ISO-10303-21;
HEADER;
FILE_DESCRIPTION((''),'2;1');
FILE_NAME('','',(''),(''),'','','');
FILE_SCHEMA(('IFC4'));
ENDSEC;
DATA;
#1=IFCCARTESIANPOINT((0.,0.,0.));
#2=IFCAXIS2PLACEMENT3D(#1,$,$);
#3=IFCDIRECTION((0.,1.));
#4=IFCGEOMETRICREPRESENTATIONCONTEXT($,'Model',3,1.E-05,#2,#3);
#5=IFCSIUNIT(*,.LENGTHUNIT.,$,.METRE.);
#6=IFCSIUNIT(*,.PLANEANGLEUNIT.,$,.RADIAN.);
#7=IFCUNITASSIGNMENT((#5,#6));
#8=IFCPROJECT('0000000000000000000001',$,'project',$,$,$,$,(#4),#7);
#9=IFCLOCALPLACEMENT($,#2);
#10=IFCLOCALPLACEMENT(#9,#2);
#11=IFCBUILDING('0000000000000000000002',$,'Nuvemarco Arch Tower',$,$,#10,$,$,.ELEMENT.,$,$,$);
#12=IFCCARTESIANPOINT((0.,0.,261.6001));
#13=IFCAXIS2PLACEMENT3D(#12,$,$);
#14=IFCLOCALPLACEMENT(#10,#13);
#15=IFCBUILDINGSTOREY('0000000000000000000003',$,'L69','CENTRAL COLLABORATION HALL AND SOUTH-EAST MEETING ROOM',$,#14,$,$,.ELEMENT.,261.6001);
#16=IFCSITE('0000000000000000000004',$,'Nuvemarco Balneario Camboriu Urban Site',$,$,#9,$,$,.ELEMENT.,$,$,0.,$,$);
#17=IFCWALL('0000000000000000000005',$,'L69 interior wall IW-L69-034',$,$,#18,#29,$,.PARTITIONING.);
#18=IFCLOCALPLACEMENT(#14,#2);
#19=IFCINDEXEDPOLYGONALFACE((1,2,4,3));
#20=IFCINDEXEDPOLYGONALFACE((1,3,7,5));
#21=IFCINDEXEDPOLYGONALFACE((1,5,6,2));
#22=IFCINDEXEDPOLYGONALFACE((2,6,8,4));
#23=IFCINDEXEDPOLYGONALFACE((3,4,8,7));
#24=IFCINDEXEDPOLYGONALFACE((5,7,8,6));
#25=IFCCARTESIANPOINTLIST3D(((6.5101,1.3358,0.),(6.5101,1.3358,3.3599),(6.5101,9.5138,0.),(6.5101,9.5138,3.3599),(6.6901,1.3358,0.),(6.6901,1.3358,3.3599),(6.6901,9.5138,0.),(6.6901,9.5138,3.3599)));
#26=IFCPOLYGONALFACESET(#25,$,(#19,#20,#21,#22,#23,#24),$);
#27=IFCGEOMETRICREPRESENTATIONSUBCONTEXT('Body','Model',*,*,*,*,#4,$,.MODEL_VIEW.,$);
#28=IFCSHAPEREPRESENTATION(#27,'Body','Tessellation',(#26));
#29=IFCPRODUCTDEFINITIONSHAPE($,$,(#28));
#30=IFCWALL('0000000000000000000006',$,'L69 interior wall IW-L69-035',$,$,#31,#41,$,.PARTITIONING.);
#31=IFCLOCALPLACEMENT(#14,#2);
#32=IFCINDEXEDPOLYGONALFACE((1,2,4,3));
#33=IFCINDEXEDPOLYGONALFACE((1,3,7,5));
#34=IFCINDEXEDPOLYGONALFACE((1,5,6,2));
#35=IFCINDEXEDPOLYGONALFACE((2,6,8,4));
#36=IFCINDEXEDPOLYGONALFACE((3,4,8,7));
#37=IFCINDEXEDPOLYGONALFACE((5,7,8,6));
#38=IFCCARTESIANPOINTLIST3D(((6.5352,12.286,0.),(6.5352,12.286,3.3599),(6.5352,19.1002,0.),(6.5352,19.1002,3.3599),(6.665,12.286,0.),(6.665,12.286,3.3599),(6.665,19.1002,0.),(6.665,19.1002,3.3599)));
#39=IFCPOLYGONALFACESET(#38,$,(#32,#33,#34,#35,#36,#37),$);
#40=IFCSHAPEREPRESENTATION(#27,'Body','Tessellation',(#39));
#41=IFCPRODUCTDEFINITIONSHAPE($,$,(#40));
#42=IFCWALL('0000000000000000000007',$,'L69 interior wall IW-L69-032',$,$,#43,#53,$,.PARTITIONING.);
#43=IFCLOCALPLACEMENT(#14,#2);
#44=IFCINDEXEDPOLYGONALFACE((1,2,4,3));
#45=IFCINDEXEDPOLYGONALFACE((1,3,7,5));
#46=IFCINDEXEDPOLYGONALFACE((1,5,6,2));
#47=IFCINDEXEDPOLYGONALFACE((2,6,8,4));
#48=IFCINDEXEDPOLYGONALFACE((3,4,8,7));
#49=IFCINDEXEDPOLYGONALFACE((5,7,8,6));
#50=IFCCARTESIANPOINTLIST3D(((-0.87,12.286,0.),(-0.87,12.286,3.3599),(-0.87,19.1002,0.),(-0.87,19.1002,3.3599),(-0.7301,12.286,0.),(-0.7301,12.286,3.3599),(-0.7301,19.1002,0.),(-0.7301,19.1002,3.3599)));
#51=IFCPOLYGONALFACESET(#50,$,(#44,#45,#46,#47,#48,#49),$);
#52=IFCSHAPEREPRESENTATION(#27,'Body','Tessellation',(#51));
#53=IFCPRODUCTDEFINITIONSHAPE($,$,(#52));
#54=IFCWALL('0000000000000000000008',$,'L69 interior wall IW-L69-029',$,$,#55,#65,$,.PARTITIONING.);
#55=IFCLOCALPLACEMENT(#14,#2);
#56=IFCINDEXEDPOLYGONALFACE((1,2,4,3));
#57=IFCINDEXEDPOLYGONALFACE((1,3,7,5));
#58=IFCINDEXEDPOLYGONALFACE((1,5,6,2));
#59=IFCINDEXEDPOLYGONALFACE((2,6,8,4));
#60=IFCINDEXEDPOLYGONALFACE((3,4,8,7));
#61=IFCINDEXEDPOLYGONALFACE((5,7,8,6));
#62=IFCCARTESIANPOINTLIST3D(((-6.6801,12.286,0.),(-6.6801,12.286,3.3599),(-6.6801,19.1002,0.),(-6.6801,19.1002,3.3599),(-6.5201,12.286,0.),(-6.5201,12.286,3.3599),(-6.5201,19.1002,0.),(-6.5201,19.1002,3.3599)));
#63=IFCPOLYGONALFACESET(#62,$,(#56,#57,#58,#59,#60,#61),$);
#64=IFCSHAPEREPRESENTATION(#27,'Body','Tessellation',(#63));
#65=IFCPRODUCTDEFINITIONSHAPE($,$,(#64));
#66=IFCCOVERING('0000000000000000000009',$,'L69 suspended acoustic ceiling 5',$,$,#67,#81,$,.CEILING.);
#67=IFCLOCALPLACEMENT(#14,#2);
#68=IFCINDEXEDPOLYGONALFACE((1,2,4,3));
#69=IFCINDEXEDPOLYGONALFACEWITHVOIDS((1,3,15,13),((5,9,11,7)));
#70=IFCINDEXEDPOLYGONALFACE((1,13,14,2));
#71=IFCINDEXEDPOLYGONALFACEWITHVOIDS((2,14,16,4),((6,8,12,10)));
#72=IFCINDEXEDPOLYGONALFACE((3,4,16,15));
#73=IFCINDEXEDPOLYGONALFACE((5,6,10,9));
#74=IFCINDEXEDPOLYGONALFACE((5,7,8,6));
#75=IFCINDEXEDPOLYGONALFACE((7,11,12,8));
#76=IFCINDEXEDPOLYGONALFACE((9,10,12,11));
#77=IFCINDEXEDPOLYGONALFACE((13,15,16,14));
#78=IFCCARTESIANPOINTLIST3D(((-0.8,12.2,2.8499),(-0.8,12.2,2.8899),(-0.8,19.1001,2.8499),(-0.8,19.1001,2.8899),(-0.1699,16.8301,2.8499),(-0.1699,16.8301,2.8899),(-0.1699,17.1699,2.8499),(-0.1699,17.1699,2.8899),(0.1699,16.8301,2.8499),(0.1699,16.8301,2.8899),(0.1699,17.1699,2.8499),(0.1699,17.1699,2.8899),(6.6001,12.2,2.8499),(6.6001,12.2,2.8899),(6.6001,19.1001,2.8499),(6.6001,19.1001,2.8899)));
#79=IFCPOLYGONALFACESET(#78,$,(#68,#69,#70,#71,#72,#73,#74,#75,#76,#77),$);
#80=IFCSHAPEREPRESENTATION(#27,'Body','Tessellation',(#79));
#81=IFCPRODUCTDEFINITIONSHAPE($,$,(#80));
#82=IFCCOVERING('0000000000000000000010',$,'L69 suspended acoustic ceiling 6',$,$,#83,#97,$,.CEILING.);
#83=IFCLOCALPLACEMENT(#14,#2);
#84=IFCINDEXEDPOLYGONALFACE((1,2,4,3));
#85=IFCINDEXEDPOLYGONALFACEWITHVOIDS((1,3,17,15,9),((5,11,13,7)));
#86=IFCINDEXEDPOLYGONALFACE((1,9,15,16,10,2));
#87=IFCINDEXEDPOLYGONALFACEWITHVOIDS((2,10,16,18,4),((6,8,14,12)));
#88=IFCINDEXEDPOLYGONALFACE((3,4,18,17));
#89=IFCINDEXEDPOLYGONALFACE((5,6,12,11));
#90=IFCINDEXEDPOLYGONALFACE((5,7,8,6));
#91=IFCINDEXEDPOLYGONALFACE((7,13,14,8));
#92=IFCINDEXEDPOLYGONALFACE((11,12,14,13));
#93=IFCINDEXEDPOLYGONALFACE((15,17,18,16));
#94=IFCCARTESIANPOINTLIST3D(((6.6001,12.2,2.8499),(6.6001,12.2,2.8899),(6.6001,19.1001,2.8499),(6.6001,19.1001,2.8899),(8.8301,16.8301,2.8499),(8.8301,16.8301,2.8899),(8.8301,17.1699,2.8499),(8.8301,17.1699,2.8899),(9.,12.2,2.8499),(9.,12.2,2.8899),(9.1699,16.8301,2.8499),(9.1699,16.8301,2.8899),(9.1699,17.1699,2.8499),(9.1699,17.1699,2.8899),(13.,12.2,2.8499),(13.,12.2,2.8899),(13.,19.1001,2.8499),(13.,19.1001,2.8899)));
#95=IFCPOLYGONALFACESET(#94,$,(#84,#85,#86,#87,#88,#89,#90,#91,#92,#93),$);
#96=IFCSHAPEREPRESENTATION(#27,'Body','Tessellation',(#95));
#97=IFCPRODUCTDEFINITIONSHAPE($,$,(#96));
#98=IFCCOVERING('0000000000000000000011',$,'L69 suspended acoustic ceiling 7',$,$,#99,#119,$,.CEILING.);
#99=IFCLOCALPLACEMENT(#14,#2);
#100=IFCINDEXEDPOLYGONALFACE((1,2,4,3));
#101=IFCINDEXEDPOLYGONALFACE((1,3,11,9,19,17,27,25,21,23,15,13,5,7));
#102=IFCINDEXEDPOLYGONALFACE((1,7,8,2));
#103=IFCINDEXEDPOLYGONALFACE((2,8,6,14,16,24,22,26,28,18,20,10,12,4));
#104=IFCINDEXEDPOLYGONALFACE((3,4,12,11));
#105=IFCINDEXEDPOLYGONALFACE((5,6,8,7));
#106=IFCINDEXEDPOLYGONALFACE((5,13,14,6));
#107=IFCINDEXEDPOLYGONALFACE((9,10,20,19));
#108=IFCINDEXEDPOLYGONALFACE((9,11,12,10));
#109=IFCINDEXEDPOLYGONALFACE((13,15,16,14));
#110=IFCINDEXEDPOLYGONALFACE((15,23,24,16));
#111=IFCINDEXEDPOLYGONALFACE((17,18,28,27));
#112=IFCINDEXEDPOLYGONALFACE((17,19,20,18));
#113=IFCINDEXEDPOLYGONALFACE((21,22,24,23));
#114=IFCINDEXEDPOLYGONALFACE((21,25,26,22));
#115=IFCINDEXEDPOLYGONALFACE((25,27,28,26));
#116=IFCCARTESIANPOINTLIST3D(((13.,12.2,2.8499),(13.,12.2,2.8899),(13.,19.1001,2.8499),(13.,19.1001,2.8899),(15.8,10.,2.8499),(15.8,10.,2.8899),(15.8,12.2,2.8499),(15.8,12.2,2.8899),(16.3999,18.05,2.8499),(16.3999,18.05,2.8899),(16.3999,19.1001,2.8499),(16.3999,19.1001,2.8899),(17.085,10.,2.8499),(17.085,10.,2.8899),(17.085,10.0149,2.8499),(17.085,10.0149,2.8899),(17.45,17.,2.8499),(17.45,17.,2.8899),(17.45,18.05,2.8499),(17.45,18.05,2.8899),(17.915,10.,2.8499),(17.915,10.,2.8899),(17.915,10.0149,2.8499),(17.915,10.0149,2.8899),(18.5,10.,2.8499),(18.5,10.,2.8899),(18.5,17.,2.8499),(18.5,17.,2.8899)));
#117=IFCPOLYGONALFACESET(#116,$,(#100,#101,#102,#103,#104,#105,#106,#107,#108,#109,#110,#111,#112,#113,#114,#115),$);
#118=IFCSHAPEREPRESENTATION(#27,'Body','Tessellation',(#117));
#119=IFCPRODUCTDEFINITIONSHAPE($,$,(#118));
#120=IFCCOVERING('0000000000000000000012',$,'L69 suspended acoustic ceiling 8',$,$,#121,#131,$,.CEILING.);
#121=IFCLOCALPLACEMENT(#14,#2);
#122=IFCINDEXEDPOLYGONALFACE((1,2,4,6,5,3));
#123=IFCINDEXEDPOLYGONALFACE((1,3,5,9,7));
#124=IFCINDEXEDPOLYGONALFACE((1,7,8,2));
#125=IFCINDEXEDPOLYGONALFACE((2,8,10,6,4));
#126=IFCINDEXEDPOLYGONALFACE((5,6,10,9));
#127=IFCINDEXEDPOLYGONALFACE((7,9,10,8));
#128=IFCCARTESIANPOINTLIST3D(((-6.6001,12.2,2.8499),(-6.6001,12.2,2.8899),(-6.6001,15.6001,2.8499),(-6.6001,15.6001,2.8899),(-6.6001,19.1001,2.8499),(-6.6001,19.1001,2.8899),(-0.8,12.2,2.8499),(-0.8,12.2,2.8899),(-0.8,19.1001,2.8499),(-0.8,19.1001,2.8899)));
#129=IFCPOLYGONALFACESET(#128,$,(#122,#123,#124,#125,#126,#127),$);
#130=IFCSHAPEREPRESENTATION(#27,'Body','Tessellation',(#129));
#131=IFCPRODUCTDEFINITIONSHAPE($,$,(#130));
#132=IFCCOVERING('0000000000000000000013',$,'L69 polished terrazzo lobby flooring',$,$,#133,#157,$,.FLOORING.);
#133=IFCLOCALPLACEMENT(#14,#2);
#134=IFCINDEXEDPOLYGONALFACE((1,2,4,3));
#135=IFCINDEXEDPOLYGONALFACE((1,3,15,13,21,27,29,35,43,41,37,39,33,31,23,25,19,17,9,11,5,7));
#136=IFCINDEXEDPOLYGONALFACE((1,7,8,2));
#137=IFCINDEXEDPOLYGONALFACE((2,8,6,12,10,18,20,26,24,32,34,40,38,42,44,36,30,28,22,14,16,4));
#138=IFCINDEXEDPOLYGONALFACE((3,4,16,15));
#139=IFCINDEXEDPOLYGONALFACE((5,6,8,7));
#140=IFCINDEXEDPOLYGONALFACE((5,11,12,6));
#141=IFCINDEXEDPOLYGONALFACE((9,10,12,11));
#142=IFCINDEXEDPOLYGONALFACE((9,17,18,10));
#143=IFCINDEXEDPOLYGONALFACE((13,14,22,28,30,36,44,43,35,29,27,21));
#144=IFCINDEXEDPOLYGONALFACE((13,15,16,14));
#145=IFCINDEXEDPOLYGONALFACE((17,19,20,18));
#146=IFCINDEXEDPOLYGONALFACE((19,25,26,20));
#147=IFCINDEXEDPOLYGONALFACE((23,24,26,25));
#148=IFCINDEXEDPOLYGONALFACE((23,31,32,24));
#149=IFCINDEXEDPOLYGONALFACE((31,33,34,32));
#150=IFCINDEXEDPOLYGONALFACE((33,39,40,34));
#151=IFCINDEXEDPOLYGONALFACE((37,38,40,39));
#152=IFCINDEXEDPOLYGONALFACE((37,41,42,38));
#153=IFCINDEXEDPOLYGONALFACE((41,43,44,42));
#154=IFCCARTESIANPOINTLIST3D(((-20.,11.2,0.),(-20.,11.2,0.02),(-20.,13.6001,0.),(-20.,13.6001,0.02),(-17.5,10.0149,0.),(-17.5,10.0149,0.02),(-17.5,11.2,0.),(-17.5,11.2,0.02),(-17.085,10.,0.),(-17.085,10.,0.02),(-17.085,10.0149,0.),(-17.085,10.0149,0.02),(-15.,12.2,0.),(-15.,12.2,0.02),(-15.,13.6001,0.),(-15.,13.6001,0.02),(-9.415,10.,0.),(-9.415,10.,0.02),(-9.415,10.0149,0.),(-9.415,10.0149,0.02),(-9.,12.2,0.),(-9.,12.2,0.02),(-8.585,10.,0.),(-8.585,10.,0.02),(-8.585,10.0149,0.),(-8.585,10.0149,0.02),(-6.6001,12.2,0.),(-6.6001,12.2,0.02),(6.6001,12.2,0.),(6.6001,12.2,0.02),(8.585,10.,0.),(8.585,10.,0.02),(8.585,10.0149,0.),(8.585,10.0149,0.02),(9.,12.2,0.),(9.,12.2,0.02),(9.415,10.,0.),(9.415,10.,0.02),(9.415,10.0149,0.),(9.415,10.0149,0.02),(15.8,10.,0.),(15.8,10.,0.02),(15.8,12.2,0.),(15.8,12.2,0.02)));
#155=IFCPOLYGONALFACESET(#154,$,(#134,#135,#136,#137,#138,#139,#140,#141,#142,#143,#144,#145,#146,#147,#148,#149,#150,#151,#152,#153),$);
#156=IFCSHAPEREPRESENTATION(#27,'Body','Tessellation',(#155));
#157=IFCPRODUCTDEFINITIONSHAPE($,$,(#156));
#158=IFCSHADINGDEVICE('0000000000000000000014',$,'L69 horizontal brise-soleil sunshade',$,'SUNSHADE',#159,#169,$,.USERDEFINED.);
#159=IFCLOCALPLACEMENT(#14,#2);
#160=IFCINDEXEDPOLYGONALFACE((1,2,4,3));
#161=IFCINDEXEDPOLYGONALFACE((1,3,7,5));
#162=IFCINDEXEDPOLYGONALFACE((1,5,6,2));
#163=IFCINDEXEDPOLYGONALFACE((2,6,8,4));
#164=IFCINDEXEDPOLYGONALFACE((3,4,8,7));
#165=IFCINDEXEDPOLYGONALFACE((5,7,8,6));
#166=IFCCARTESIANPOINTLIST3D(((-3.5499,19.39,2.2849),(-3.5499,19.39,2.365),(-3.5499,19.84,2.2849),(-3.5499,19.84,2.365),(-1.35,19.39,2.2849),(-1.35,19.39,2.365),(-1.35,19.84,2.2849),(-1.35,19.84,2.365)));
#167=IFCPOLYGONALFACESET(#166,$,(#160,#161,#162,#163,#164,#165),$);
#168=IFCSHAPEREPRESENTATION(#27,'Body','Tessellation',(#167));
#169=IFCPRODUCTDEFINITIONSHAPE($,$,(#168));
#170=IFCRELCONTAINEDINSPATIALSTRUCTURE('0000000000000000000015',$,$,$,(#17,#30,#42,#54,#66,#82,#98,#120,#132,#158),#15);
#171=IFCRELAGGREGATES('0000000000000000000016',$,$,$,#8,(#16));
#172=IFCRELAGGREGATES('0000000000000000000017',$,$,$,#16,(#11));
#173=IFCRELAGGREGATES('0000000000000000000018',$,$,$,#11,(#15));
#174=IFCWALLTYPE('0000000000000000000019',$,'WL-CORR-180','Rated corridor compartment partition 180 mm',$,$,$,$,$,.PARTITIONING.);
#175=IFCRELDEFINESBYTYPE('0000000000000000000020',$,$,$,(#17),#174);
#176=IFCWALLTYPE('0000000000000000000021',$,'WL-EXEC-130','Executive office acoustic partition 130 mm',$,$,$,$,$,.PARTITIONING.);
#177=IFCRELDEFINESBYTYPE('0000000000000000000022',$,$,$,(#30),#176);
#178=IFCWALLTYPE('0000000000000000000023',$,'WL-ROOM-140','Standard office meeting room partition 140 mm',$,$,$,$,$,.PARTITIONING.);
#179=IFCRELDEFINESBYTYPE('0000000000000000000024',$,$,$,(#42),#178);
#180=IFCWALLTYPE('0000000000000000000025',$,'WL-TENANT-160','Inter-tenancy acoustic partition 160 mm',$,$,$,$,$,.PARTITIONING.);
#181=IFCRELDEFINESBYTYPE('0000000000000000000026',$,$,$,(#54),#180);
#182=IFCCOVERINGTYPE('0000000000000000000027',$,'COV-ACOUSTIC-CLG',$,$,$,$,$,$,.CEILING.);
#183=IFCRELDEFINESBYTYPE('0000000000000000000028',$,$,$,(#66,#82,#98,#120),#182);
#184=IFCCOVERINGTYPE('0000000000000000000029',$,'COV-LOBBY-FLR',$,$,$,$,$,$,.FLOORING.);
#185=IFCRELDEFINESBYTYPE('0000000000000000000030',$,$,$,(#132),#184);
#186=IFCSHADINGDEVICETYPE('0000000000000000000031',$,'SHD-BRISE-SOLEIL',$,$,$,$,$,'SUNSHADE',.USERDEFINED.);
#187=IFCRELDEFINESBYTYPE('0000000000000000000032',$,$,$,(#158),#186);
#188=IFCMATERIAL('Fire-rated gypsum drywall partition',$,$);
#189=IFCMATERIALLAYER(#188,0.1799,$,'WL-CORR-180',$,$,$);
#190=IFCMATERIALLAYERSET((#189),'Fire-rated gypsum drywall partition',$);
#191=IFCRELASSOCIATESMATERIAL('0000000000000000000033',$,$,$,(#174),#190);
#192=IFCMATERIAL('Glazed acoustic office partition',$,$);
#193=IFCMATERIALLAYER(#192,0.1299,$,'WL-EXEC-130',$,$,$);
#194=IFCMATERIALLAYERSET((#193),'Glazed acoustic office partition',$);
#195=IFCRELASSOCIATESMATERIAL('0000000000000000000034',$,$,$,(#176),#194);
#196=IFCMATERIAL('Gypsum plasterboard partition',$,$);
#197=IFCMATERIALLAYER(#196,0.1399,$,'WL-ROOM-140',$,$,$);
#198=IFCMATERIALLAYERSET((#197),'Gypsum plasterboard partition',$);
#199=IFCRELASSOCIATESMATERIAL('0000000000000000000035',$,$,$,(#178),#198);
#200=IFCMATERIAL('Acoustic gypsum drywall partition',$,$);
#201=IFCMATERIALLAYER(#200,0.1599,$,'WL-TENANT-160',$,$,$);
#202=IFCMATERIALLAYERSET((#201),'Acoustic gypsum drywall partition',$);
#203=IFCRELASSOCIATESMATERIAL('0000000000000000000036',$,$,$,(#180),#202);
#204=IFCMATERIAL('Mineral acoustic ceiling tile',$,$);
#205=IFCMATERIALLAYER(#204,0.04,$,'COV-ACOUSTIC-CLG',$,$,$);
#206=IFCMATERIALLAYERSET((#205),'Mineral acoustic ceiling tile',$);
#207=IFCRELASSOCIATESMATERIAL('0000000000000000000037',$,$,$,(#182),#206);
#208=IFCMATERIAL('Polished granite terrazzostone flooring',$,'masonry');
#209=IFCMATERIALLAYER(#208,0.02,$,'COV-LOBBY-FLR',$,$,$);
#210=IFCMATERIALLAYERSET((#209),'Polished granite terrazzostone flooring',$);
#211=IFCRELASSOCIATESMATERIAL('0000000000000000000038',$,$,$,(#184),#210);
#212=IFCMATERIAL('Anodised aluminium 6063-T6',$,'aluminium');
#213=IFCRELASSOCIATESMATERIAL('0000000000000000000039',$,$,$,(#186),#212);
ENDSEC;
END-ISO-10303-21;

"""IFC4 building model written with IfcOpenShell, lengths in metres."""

from ifc_helpers import new_model, si_unit, direction, frame, frame_2d, origin, origin_2d, place, context, subcontext, project, spatial, polyline, rectangle, outline, extrude, source, transform, mapped, material, layer, layer_set, type_object, type_shapes, element, save


model = new_model("IFC4")

# Units and contexts
model_context = context("Model", 3, precision=1e-05, world=origin(), true_north=direction((0.0, 1.0)))
body_context = subcontext(model_context, "Body", "Model", "MODEL_VIEW")
ifc_project = project(units=[si_unit("LENGTHUNIT", "METRE"), si_unit("PLANEANGLEUNIT", "RADIAN")], contexts=[model_context])

# Site, building, storey
site_placement = place(None, origin())
site = spatial("IfcSite", under=ifc_project, at=site_placement, Name="Nuvemarco Balneario Camboriu Urban Site", CompositionType="ELEMENT", RefElevation=0.0)
building_placement = place(site_placement, origin())
building = spatial("IfcBuilding", under=site, at=building_placement, Name="Nuvemarco Arch Tower", CompositionType="ELEMENT")
storey_placement = place(building_placement, frame((0.0, 0.0, 261.6001)))
storey = spatial("IfcBuildingStorey", under=building, at=storey_placement, Name="L69", Description="CENTRAL COLLABORATION HALL AND SOUTH-EAST MEETING ROOM", CompositionType="ELEMENT", Elevation=261.6001)

# Shared definitions
ifc_material_1 = material(Name="Fire-rated gypsum drywall partition")
ifc_layer_1 = layer(ifc_material_1, 0.1799, Name="WL-CORR-180")
ifc_layer_set_1 = layer_set([ifc_layer_1], Name="Fire-rated gypsum drywall partition")
wall_type_1 = type_object("IfcWallType", Name="WL-CORR-180", Description="Rated corridor compartment partition 180 mm", PredefinedType="PARTITIONING", material=ifc_layer_set_1)

# Walls
wall_1_placement = place(storey_placement, frame((6.6001, 1.3359, 0.0), z_axis=(0.0, 0.0, 1.0), x_axis=(0.0, 1.0, 0.0)))
element("IfcWall", 1, at=wall_1_placement, inside=storey, type_object=wall_type_1, Name="L69 interior wall IW-L69-034", PredefinedType="PARTITIONING", context=body_context, shape_type="SweptSolid", body=[
    extrude(rectangle(XDim=8.178, YDim=0.1799, at=frame_2d((4.0889, 0.0))), origin(), (0.0, 0.0, 1.0), 3.3599),
])
ifc_material_2 = material(Name="Glazed acoustic office partition")
ifc_layer_2 = layer(ifc_material_2, 0.1299, Name="WL-EXEC-130")
ifc_layer_set_2 = layer_set([ifc_layer_2], Name="Glazed acoustic office partition")
wall_type_2 = type_object("IfcWallType", Name="WL-EXEC-130", Description="Executive office acoustic partition 130 mm", PredefinedType="PARTITIONING", material=ifc_layer_set_2)
wall_2_placement = place(storey_placement, frame((6.6001, 12.2859, 0.0), z_axis=(0.0, 0.0, 1.0), x_axis=(0.0, 1.0, 0.0)))
element("IfcWall", 2, at=wall_2_placement, inside=storey, type_object=wall_type_2, Name="L69 interior wall IW-L69-035", PredefinedType="PARTITIONING", context=body_context, shape_type="SweptSolid", body=[
    extrude(rectangle(XDim=6.8142, YDim=0.1299, at=frame_2d((3.4072, 0.0))), origin(), (0.0, 0.0, 1.0), 3.3599),
])
ifc_material_3 = material(Name="Gypsum plasterboard partition")
ifc_layer_3 = layer(ifc_material_3, 0.1399, Name="WL-ROOM-140")
ifc_layer_set_3 = layer_set([ifc_layer_3], Name="Gypsum plasterboard partition")
wall_type_3 = type_object("IfcWallType", Name="WL-ROOM-140", Description="Standard office meeting room partition 140 mm", PredefinedType="PARTITIONING", material=ifc_layer_set_3)
wall_3_placement = place(storey_placement, frame((-0.8, 12.2859, 0.0), z_axis=(0.0, 0.0, 1.0), x_axis=(0.0, 1.0, 0.0)))
element("IfcWall", 3, at=wall_3_placement, inside=storey, type_object=wall_type_3, Name="L69 interior wall IW-L69-032", PredefinedType="PARTITIONING", context=body_context, shape_type="SweptSolid", body=[
    extrude(rectangle(XDim=6.8142, YDim=0.1399, at=frame_2d((3.4072, 0.0))), origin(), (0.0, 0.0, 1.0), 3.3599),
])
ifc_material_4 = material(Name="Acoustic gypsum drywall partition")
ifc_layer_4 = layer(ifc_material_4, 0.1599, Name="WL-TENANT-160")
ifc_layer_set_4 = layer_set([ifc_layer_4], Name="Acoustic gypsum drywall partition")
wall_type_4 = type_object("IfcWallType", Name="WL-TENANT-160", Description="Inter-tenancy acoustic partition 160 mm", PredefinedType="PARTITIONING", material=ifc_layer_set_4)
wall_4_placement = place(storey_placement, frame((-6.6001, 12.2859, 0.0), z_axis=(0.0, 0.0, 1.0), x_axis=(0.0, 1.0, 0.0)))
element("IfcWall", 4, at=wall_4_placement, inside=storey, type_object=wall_type_4, Name="L69 interior wall IW-L69-029", PredefinedType="PARTITIONING", context=body_context, shape_type="SweptSolid", body=[
    extrude(rectangle(XDim=6.8142, YDim=0.1599, at=frame_2d((3.4072, 0.0))), origin(), (0.0, 0.0, 1.0), 3.3599),
])

# Coverings
ifc_material_5 = material(Name="Mineral acoustic ceiling tile")
ifc_layer_5 = layer(ifc_material_5, 0.04, Name="COV-ACOUSTIC-CLG")
ifc_layer_set_5 = layer_set([ifc_layer_5], Name="Mineral acoustic ceiling tile")
covering_type_1 = type_object("IfcCoveringType", Name="COV-ACOUSTIC-CLG", PredefinedType="CEILING", material=ifc_layer_set_5)
covering_1_placement = place(storey_placement, frame((0.0, 0.0, 2.8499)))
element("IfcCovering", 5, at=covering_1_placement, inside=storey, type_object=covering_type_1, Name="L69 suspended acoustic ceiling 5", PredefinedType="CEILING", context=body_context, shape_type="SweptSolid", body=[
    extrude(outline(polyline([(-0.8, 12.2), (-0.8, 19.1001), (6.6001, 19.1001), (6.6001, 12.2), (-0.8, 12.2)]), holes=[polyline([(0.1699, 16.8301), (0.1699, 17.1699), (-0.1699, 17.1699), (-0.1699, 16.8301), (0.1699, 16.8301)])]), origin(), (0.0, 0.0, 1.0), 0.04),
])
covering_2_placement = place(storey_placement, frame((0.0, 0.0, 2.8499)))
element("IfcCovering", 6, at=covering_2_placement, inside=storey, type_object=covering_type_1, Name="L69 suspended acoustic ceiling 6", PredefinedType="CEILING", context=body_context, shape_type="SweptSolid", body=[
    extrude(outline(polyline([(13.0, 12.2), (9.0, 12.2), (6.6001, 12.2), (6.6001, 19.1001), (13.0, 19.1001), (13.0, 12.2)]), holes=[polyline([(9.1699, 17.1699), (8.8301, 17.1699), (8.8301, 16.8301), (9.1699, 16.8301), (9.1699, 17.1699)])]), origin(), (0.0, 0.0, 1.0), 0.04),
])
covering_3_placement = place(storey_placement, frame((0.0, 0.0, 2.8499)))
element("IfcCovering", 7, at=covering_3_placement, inside=storey, type_object=covering_type_1, Name="L69 suspended acoustic ceiling 7", PredefinedType="CEILING", context=body_context, shape_type="SweptSolid", body=[
    extrude(outline(polyline([(18.5, 17.0), (18.5, 10.0), (17.915, 10.0), (17.915, 10.0149), (17.085, 10.0149), (17.085, 10.0), (15.8, 10.0), (15.8, 12.2), (13.0, 12.2), (13.0, 19.1001), (16.3999, 19.1001), (16.3999, 18.05), (17.45, 18.05), (17.45, 17.0), (18.5, 17.0)])), origin(), (0.0, 0.0, 1.0), 0.04),
])
covering_4_placement = place(storey_placement, frame((0.0, 0.0, 2.8499)))
element("IfcCovering", 8, at=covering_4_placement, inside=storey, type_object=covering_type_1, Name="L69 suspended acoustic ceiling 8", PredefinedType="CEILING", context=body_context, shape_type="SweptSolid", body=[
    extrude(outline(polyline([(-0.8, 12.2), (-6.6001, 12.2), (-6.6001, 15.6001), (-6.6001, 19.1001), (-0.8, 19.1001), (-0.8, 12.2)])), origin(), (0.0, 0.0, 1.0), 0.04),
])
ifc_material_6 = material(Name="Polished granite terrazzostone flooring", Category="masonry")
ifc_layer_6 = layer(ifc_material_6, 0.02, Name="COV-LOBBY-FLR")
ifc_layer_set_6 = layer_set([ifc_layer_6], Name="Polished granite terrazzostone flooring")
covering_type_2 = type_object("IfcCoveringType", Name="COV-LOBBY-FLR", PredefinedType="FLOORING", material=ifc_layer_set_6)
covering_5_placement = place(storey_placement, origin())
element("IfcCovering", 9, at=covering_5_placement, inside=storey, type_object=covering_type_2, Name="L69 polished terrazzo lobby flooring", PredefinedType="FLOORING", context=body_context, shape_type="SweptSolid", body=[
    extrude(outline(polyline([(-8.585, 10.0149), (-9.415, 10.0149), (-9.415, 10.0), (-17.085, 10.0), (-17.085, 10.0149), (-17.5, 10.0149), (-17.5, 11.2), (-20.0, 11.2), (-20.0, 13.6001), (-15.0, 13.6001), (-15.0, 12.2), (-9.0, 12.2), (-6.6001, 12.2), (6.6001, 12.2), (9.0, 12.2), (15.8, 12.2), (15.8, 10.0), (9.415, 10.0), (9.415, 10.0149), (8.585, 10.0149), (8.585, 10.0), (-8.585, 10.0), (-8.585, 10.0149)])), origin(), (0.0, 0.0, 1.0), 0.02),
])

# Shading device
ifc_material_7 = material(Name="Anodised aluminium 6063-T6", Category="aluminium")
shading_device_type = type_object("IfcShadingDeviceType", Name="SHD-BRISE-SOLEIL", ElementType="SUNSHADE", PredefinedType="USERDEFINED", material=ifc_material_7)
shared_shape_1 = source(origin(), body_context, "Body", "SweptSolid", [
    extrude(rectangle(XDim=2.2, YDim=0.45, at=origin_2d()), origin(), (0.0, 0.0, 1.0), 0.0801),
])
type_shapes(shading_device_type, [shared_shape_1])
for number, where, z_axis, x_axis, name in (
    (10, (-2.45, 19.615, 2.2849), (0.0, 0.0, 1.0), (1.0, 0.0, 0.0), "L69 horizontal brise-soleil sunshade"),
):
    element("IfcShadingDevice", number, at=place(storey_placement, frame(where, z_axis=z_axis, x_axis=x_axis)), inside=storey, type_object=shading_device_type, Name=name, ObjectType="SUNSHADE", PredefinedType="USERDEFINED", context=body_context, shape_type="MappedRepresentation", body=[
        mapped(shared_shape_1, transform((0.0, 0.0, 0.0), scale=1.0)),
    ])

save(model, "model.ifc")
